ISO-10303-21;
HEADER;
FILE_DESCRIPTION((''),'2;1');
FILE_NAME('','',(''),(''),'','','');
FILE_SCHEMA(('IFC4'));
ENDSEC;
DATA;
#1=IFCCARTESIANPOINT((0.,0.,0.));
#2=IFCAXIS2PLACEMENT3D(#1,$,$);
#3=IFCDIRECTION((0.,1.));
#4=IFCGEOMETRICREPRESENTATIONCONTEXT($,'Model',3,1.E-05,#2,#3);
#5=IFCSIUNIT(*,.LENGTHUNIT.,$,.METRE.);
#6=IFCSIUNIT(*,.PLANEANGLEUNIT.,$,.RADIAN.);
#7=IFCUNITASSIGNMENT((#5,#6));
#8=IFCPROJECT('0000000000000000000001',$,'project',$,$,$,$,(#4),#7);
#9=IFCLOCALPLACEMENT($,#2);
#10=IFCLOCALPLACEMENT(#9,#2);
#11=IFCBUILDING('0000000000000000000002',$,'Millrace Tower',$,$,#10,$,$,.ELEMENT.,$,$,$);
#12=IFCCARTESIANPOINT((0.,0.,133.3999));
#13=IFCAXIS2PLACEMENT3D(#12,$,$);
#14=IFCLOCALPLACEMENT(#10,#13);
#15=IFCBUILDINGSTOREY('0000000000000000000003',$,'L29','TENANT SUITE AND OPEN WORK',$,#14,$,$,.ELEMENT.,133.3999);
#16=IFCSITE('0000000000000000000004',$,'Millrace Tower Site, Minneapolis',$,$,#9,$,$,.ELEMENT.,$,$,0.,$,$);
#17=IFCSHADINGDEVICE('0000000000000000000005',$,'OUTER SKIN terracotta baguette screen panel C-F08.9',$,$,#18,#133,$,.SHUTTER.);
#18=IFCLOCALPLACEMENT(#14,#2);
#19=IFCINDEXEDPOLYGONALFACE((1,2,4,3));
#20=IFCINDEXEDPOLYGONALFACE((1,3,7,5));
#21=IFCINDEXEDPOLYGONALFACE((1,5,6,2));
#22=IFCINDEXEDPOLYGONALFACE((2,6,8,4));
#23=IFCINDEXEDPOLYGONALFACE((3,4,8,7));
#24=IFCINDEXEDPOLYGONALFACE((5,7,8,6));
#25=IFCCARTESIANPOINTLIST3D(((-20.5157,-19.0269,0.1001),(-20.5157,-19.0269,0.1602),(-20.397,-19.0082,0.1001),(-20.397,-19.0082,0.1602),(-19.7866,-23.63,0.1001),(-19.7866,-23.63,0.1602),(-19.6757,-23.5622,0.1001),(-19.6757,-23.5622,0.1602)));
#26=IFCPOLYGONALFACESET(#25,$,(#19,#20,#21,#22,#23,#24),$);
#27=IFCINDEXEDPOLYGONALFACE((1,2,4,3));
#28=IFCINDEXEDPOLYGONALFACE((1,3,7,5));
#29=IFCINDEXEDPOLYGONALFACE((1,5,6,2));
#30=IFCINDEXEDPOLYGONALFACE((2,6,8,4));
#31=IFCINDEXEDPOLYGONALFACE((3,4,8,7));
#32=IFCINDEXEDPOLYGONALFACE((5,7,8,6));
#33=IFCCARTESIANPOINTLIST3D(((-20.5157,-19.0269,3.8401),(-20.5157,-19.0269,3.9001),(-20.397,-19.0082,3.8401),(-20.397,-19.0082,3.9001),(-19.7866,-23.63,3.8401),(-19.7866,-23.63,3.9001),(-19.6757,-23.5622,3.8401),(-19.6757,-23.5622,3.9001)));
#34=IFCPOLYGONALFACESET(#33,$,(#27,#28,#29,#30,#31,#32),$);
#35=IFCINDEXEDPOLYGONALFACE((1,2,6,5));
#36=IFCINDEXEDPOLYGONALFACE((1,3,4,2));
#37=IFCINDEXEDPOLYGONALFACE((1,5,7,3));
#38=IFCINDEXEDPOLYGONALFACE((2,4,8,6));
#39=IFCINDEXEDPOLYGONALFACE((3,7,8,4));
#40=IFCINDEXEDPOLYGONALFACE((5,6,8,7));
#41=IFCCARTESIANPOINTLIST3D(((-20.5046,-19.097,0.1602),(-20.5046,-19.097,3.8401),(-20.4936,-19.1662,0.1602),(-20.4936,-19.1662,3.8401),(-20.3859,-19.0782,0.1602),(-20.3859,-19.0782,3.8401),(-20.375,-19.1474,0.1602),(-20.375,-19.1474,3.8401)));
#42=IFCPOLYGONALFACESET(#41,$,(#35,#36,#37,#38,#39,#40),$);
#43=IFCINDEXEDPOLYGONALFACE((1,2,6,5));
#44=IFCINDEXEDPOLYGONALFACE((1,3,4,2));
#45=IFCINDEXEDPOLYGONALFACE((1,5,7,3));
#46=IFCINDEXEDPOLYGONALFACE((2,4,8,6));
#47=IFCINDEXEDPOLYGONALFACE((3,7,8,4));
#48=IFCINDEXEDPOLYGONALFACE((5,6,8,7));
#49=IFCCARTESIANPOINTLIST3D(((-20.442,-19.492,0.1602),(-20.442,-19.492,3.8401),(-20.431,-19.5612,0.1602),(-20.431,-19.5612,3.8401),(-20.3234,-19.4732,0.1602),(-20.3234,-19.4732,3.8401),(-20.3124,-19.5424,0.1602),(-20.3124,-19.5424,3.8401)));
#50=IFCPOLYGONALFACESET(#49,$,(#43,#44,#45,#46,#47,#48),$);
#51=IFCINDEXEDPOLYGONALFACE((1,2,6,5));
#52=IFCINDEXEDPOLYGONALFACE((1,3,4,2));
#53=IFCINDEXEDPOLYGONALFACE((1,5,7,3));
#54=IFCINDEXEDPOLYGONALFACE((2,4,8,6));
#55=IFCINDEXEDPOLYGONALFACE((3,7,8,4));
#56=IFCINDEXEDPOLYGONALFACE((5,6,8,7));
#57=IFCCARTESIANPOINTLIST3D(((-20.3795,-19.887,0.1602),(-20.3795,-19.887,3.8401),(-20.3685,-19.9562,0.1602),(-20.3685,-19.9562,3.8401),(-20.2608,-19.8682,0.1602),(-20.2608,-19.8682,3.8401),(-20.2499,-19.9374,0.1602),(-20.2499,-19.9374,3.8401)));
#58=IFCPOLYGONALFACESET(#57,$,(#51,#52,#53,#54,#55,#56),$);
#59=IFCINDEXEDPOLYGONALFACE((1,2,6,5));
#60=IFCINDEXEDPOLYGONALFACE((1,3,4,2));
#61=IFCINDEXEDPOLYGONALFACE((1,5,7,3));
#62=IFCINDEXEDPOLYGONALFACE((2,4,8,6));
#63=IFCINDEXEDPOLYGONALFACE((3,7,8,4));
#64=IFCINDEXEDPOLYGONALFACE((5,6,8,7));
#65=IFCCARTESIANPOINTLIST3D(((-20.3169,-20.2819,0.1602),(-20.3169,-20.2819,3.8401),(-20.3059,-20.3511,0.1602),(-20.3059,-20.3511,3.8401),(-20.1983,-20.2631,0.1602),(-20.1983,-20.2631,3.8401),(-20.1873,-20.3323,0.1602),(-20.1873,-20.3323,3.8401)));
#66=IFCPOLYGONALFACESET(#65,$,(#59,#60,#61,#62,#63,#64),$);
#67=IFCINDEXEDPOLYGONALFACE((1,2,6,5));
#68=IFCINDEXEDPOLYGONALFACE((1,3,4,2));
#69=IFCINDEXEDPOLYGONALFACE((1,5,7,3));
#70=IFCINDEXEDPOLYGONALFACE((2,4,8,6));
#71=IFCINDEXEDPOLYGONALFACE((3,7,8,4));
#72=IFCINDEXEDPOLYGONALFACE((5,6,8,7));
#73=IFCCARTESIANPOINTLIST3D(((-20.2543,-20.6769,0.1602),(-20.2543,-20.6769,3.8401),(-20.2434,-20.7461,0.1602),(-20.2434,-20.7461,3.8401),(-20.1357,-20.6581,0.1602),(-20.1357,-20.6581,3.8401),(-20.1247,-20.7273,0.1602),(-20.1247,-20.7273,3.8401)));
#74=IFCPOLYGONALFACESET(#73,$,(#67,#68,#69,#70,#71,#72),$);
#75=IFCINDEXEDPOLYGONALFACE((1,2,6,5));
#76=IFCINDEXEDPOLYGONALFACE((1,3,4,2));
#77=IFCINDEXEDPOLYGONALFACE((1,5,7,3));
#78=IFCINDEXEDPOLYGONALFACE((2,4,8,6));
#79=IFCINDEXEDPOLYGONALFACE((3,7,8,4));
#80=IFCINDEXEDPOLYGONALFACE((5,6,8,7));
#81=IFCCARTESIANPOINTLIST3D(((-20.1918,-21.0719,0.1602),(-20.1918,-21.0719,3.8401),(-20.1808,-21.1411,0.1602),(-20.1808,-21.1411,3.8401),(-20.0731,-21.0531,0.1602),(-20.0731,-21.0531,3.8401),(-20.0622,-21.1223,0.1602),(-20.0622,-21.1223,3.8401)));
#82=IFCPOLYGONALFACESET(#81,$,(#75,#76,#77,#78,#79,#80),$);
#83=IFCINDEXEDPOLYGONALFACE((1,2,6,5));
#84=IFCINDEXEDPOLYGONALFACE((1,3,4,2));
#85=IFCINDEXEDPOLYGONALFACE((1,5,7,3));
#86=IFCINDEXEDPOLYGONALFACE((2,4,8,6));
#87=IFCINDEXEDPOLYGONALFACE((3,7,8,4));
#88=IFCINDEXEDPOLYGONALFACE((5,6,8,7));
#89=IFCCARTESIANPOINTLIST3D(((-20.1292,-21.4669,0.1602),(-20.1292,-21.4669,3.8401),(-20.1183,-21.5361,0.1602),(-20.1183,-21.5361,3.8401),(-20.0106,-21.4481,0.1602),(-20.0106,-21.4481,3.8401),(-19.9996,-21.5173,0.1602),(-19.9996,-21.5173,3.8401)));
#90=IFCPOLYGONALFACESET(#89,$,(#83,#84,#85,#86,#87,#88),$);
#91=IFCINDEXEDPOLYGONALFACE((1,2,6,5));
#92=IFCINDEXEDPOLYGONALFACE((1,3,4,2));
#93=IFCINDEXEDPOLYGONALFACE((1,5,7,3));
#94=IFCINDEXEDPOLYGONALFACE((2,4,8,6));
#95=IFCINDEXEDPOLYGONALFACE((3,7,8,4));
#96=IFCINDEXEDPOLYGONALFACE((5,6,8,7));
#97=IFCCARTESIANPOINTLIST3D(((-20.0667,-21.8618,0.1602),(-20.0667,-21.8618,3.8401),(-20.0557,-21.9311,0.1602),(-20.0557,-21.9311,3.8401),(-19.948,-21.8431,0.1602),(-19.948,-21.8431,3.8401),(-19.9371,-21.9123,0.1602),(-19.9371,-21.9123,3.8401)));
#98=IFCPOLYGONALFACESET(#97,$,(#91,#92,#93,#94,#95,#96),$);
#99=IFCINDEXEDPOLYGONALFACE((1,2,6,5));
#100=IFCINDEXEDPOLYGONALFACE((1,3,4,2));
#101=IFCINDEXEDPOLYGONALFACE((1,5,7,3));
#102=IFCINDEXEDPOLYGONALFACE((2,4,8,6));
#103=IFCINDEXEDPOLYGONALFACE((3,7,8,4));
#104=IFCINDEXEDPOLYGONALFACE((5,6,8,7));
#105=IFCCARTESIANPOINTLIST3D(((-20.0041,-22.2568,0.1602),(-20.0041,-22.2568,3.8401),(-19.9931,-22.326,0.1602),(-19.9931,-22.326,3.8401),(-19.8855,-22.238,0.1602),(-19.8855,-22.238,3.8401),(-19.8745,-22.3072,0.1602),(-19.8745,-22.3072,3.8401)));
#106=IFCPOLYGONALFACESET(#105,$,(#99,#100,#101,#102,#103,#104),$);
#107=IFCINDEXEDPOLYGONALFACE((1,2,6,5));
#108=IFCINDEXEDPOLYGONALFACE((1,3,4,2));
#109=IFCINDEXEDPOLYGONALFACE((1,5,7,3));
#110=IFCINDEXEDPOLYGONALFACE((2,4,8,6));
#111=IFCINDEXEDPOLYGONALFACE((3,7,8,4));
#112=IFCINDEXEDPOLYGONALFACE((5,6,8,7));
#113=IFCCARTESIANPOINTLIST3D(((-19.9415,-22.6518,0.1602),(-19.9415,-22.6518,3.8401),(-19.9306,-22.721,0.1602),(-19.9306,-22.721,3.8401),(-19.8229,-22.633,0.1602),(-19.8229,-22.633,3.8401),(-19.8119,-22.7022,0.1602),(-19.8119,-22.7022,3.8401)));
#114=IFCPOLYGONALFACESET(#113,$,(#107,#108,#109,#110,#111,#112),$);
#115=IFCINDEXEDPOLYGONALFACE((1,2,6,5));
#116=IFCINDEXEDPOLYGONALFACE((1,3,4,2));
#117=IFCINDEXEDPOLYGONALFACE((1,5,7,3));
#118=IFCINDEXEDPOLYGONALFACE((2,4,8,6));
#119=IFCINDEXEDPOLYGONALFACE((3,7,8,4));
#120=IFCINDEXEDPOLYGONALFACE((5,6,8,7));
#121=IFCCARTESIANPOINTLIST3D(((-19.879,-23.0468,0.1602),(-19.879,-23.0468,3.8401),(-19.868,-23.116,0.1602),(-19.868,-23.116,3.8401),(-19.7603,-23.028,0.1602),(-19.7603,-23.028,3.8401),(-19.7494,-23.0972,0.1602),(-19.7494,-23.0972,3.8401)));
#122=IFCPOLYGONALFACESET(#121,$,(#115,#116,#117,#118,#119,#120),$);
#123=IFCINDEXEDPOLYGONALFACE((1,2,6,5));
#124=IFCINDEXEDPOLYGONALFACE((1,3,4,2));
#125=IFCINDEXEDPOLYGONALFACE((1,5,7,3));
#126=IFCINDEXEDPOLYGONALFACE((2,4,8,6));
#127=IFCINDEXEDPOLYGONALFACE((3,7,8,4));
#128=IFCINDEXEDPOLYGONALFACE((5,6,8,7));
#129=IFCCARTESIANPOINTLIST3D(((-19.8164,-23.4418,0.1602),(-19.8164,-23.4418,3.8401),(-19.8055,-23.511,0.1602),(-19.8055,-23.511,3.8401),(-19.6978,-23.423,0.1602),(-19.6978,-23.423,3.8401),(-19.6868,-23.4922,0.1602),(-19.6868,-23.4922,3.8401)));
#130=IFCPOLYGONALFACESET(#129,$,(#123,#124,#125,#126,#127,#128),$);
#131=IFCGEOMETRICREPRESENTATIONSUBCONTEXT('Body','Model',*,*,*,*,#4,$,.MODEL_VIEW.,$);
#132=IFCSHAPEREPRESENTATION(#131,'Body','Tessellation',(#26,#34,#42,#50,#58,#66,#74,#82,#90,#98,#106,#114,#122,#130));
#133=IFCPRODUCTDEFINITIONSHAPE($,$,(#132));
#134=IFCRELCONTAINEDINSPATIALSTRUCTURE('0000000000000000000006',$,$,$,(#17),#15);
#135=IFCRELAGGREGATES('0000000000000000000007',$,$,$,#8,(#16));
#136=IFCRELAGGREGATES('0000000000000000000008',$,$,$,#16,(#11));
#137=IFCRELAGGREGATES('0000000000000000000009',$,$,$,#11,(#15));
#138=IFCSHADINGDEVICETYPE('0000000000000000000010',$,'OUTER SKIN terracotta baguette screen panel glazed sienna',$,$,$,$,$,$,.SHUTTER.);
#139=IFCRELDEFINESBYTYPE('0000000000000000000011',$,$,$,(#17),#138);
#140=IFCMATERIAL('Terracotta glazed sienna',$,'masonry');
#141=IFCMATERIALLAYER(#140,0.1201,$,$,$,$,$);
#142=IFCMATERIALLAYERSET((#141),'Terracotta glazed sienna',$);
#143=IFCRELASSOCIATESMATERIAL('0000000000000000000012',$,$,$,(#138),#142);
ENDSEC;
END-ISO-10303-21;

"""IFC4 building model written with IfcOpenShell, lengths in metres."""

from ifc_helpers import new_model, entity, si_unit, direction, frame, frame_2d, origin, place, context, subcontext, project, spatial, rectangle, extrude, source, transform, mapped, material, layer, layer_set, type_object, element, save


model = new_model("IFC4")

# Units and contexts
model_context = context("Model", 3, precision=1e-05, world=origin(), true_north=direction((0.0, 1.0)))
body_context = subcontext(model_context, "Body", "Model", "MODEL_VIEW")
ifc_project = project(units=[si_unit("LENGTHUNIT", "METRE"), si_unit("PLANEANGLEUNIT", "RADIAN")], contexts=[model_context])

# Site, building, storey
site_placement = place(None, origin())
site = spatial("IfcSite", under=ifc_project, at=site_placement, Name="Millrace Tower Site, Minneapolis", CompositionType="ELEMENT", RefElevation=0.0)
building_placement = place(site_placement, origin())
building = spatial("IfcBuilding", under=site, at=building_placement, Name="Millrace Tower", CompositionType="ELEMENT")
storey_placement = place(building_placement, frame((0.0, 0.0, 133.3999)))
storey = spatial("IfcBuildingStorey", under=building, at=storey_placement, Name="L29", Description="TENANT SUITE AND OPEN WORK", CompositionType="ELEMENT", Elevation=133.3999)

# Shading device
ifc_material_1 = material(Name="Terracotta glazed sienna", Category="masonry")
ifc_layer_1 = layer(ifc_material_1, 0.1201)
ifc_layer_set_1 = layer_set([ifc_layer_1], Name="Terracotta glazed sienna")
shading_device_type = type_object("IfcShadingDeviceType", Name="OUTER SKIN terracotta baguette screen panel glazed sienna", PredefinedType="SHUTTER", material=ifc_layer_set_1)
cartesian_point_1 = entity("IfcCartesianPoint", [-2.3179, 0.0601])
shared_polyline_1 = entity("IfcPolyline", [cartesian_point_1, entity("IfcCartesianPoint", [2.293, 0.0601]), entity("IfcCartesianPoint", [2.3425, -0.0601]), entity("IfcCartesianPoint", [-2.3179, -0.0601]), cartesian_point_1])
shared_shape_1 = source(origin(), body_context, "Body", "SweptSolid", [
    entity("IfcExtrudedAreaSolid", entity("IfcArbitraryClosedProfileDef", "AREA", None, shared_polyline_1), entity("IfcAxis2Placement3D", entity("IfcCartesianPoint", [0.0, 0.0, 0.0])), entity("IfcDirection", [0.0, 0.0, 1.0]), 0.0601),
    entity("IfcExtrudedAreaSolid", entity("IfcArbitraryClosedProfileDef", "AREA", None, shared_polyline_1), entity("IfcAxis2Placement3D", entity("IfcCartesianPoint", [0.0, 0.0, 3.74])), entity("IfcDirection", [0.0, 0.0, 1.0]), 0.0601),
    extrude(rectangle(XDim=0.0701, YDim=0.1201, at=frame_2d((-2.2119, 0.0))), frame((0.0, 0.0, 0.0601)), (0.0, 0.0, 1.0), 3.6799),
    extrude(rectangle(XDim=0.0701, YDim=0.1201, at=frame_2d((-1.812, 0.0))), frame((0.0, 0.0, 0.0601)), (0.0, 0.0, 1.0), 3.6799),
    extrude(rectangle(XDim=0.0701, YDim=0.1201, at=frame_2d((-1.4121, 0.0))), frame((0.0, 0.0, 0.0601)), (0.0, 0.0, 1.0), 3.6799),
    extrude(rectangle(XDim=0.0701, YDim=0.1201, at=frame_2d((-1.0122, 0.0))), frame((0.0, 0.0, 0.0601)), (0.0, 0.0, 1.0), 3.6799),
    extrude(rectangle(XDim=0.0701, YDim=0.1201, at=frame_2d((-0.6123, 0.0))), frame((0.0, 0.0, 0.0601)), (0.0, 0.0, 1.0), 3.6799),
    extrude(rectangle(XDim=0.0701, YDim=0.1201, at=frame_2d((-0.2124, 0.0))), frame((0.0, 0.0, 0.0601)), (0.0, 0.0, 1.0), 3.6799),
    extrude(rectangle(XDim=0.0701, YDim=0.1201, at=frame_2d((0.1875, 0.0))), frame((0.0, 0.0, 0.0601)), (0.0, 0.0, 1.0), 3.6799),
    extrude(rectangle(XDim=0.0701, YDim=0.1201, at=frame_2d((0.5874, 0.0))), frame((0.0, 0.0, 0.0601)), (0.0, 0.0, 1.0), 3.6799),
    extrude(rectangle(XDim=0.0701, YDim=0.1201, at=frame_2d((0.9873, 0.0))), frame((0.0, 0.0, 0.0601)), (0.0, 0.0, 1.0), 3.6799),
    extrude(rectangle(XDim=0.0701, YDim=0.1201, at=frame_2d((1.3872, 0.0))), frame((0.0, 0.0, 0.0601)), (0.0, 0.0, 1.0), 3.6799),
    extrude(rectangle(XDim=0.0701, YDim=0.1201, at=frame_2d((1.7871, 0.0))), frame((0.0, 0.0, 0.0601)), (0.0, 0.0, 1.0), 3.6799),
    extrude(rectangle(XDim=0.0701, YDim=0.1201, at=frame_2d((2.187, 0.0))), frame((0.0, 0.0, 0.0601)), (0.0, 0.0, 1.0), 3.6799),
])
shading_device_1_placement = place(storey_placement, frame((-20.0938, -21.3069, 0.1001), z_axis=(0.0, 0.0, 1.0), x_axis=(0.156434, -0.987688, 0.0)))
element("IfcShadingDevice", 1, at=shading_device_1_placement, inside=storey, type_object=shading_device_type, Name="OUTER SKIN terracotta baguette screen panel C-F08.9", PredefinedType="SHUTTER", context=body_context, shape_type="MappedRepresentation", body=[
    mapped(shared_shape_1, transform((0.0, 0.0, 0.0), scale=1.0)),
])

save(model, "model.ifc")
